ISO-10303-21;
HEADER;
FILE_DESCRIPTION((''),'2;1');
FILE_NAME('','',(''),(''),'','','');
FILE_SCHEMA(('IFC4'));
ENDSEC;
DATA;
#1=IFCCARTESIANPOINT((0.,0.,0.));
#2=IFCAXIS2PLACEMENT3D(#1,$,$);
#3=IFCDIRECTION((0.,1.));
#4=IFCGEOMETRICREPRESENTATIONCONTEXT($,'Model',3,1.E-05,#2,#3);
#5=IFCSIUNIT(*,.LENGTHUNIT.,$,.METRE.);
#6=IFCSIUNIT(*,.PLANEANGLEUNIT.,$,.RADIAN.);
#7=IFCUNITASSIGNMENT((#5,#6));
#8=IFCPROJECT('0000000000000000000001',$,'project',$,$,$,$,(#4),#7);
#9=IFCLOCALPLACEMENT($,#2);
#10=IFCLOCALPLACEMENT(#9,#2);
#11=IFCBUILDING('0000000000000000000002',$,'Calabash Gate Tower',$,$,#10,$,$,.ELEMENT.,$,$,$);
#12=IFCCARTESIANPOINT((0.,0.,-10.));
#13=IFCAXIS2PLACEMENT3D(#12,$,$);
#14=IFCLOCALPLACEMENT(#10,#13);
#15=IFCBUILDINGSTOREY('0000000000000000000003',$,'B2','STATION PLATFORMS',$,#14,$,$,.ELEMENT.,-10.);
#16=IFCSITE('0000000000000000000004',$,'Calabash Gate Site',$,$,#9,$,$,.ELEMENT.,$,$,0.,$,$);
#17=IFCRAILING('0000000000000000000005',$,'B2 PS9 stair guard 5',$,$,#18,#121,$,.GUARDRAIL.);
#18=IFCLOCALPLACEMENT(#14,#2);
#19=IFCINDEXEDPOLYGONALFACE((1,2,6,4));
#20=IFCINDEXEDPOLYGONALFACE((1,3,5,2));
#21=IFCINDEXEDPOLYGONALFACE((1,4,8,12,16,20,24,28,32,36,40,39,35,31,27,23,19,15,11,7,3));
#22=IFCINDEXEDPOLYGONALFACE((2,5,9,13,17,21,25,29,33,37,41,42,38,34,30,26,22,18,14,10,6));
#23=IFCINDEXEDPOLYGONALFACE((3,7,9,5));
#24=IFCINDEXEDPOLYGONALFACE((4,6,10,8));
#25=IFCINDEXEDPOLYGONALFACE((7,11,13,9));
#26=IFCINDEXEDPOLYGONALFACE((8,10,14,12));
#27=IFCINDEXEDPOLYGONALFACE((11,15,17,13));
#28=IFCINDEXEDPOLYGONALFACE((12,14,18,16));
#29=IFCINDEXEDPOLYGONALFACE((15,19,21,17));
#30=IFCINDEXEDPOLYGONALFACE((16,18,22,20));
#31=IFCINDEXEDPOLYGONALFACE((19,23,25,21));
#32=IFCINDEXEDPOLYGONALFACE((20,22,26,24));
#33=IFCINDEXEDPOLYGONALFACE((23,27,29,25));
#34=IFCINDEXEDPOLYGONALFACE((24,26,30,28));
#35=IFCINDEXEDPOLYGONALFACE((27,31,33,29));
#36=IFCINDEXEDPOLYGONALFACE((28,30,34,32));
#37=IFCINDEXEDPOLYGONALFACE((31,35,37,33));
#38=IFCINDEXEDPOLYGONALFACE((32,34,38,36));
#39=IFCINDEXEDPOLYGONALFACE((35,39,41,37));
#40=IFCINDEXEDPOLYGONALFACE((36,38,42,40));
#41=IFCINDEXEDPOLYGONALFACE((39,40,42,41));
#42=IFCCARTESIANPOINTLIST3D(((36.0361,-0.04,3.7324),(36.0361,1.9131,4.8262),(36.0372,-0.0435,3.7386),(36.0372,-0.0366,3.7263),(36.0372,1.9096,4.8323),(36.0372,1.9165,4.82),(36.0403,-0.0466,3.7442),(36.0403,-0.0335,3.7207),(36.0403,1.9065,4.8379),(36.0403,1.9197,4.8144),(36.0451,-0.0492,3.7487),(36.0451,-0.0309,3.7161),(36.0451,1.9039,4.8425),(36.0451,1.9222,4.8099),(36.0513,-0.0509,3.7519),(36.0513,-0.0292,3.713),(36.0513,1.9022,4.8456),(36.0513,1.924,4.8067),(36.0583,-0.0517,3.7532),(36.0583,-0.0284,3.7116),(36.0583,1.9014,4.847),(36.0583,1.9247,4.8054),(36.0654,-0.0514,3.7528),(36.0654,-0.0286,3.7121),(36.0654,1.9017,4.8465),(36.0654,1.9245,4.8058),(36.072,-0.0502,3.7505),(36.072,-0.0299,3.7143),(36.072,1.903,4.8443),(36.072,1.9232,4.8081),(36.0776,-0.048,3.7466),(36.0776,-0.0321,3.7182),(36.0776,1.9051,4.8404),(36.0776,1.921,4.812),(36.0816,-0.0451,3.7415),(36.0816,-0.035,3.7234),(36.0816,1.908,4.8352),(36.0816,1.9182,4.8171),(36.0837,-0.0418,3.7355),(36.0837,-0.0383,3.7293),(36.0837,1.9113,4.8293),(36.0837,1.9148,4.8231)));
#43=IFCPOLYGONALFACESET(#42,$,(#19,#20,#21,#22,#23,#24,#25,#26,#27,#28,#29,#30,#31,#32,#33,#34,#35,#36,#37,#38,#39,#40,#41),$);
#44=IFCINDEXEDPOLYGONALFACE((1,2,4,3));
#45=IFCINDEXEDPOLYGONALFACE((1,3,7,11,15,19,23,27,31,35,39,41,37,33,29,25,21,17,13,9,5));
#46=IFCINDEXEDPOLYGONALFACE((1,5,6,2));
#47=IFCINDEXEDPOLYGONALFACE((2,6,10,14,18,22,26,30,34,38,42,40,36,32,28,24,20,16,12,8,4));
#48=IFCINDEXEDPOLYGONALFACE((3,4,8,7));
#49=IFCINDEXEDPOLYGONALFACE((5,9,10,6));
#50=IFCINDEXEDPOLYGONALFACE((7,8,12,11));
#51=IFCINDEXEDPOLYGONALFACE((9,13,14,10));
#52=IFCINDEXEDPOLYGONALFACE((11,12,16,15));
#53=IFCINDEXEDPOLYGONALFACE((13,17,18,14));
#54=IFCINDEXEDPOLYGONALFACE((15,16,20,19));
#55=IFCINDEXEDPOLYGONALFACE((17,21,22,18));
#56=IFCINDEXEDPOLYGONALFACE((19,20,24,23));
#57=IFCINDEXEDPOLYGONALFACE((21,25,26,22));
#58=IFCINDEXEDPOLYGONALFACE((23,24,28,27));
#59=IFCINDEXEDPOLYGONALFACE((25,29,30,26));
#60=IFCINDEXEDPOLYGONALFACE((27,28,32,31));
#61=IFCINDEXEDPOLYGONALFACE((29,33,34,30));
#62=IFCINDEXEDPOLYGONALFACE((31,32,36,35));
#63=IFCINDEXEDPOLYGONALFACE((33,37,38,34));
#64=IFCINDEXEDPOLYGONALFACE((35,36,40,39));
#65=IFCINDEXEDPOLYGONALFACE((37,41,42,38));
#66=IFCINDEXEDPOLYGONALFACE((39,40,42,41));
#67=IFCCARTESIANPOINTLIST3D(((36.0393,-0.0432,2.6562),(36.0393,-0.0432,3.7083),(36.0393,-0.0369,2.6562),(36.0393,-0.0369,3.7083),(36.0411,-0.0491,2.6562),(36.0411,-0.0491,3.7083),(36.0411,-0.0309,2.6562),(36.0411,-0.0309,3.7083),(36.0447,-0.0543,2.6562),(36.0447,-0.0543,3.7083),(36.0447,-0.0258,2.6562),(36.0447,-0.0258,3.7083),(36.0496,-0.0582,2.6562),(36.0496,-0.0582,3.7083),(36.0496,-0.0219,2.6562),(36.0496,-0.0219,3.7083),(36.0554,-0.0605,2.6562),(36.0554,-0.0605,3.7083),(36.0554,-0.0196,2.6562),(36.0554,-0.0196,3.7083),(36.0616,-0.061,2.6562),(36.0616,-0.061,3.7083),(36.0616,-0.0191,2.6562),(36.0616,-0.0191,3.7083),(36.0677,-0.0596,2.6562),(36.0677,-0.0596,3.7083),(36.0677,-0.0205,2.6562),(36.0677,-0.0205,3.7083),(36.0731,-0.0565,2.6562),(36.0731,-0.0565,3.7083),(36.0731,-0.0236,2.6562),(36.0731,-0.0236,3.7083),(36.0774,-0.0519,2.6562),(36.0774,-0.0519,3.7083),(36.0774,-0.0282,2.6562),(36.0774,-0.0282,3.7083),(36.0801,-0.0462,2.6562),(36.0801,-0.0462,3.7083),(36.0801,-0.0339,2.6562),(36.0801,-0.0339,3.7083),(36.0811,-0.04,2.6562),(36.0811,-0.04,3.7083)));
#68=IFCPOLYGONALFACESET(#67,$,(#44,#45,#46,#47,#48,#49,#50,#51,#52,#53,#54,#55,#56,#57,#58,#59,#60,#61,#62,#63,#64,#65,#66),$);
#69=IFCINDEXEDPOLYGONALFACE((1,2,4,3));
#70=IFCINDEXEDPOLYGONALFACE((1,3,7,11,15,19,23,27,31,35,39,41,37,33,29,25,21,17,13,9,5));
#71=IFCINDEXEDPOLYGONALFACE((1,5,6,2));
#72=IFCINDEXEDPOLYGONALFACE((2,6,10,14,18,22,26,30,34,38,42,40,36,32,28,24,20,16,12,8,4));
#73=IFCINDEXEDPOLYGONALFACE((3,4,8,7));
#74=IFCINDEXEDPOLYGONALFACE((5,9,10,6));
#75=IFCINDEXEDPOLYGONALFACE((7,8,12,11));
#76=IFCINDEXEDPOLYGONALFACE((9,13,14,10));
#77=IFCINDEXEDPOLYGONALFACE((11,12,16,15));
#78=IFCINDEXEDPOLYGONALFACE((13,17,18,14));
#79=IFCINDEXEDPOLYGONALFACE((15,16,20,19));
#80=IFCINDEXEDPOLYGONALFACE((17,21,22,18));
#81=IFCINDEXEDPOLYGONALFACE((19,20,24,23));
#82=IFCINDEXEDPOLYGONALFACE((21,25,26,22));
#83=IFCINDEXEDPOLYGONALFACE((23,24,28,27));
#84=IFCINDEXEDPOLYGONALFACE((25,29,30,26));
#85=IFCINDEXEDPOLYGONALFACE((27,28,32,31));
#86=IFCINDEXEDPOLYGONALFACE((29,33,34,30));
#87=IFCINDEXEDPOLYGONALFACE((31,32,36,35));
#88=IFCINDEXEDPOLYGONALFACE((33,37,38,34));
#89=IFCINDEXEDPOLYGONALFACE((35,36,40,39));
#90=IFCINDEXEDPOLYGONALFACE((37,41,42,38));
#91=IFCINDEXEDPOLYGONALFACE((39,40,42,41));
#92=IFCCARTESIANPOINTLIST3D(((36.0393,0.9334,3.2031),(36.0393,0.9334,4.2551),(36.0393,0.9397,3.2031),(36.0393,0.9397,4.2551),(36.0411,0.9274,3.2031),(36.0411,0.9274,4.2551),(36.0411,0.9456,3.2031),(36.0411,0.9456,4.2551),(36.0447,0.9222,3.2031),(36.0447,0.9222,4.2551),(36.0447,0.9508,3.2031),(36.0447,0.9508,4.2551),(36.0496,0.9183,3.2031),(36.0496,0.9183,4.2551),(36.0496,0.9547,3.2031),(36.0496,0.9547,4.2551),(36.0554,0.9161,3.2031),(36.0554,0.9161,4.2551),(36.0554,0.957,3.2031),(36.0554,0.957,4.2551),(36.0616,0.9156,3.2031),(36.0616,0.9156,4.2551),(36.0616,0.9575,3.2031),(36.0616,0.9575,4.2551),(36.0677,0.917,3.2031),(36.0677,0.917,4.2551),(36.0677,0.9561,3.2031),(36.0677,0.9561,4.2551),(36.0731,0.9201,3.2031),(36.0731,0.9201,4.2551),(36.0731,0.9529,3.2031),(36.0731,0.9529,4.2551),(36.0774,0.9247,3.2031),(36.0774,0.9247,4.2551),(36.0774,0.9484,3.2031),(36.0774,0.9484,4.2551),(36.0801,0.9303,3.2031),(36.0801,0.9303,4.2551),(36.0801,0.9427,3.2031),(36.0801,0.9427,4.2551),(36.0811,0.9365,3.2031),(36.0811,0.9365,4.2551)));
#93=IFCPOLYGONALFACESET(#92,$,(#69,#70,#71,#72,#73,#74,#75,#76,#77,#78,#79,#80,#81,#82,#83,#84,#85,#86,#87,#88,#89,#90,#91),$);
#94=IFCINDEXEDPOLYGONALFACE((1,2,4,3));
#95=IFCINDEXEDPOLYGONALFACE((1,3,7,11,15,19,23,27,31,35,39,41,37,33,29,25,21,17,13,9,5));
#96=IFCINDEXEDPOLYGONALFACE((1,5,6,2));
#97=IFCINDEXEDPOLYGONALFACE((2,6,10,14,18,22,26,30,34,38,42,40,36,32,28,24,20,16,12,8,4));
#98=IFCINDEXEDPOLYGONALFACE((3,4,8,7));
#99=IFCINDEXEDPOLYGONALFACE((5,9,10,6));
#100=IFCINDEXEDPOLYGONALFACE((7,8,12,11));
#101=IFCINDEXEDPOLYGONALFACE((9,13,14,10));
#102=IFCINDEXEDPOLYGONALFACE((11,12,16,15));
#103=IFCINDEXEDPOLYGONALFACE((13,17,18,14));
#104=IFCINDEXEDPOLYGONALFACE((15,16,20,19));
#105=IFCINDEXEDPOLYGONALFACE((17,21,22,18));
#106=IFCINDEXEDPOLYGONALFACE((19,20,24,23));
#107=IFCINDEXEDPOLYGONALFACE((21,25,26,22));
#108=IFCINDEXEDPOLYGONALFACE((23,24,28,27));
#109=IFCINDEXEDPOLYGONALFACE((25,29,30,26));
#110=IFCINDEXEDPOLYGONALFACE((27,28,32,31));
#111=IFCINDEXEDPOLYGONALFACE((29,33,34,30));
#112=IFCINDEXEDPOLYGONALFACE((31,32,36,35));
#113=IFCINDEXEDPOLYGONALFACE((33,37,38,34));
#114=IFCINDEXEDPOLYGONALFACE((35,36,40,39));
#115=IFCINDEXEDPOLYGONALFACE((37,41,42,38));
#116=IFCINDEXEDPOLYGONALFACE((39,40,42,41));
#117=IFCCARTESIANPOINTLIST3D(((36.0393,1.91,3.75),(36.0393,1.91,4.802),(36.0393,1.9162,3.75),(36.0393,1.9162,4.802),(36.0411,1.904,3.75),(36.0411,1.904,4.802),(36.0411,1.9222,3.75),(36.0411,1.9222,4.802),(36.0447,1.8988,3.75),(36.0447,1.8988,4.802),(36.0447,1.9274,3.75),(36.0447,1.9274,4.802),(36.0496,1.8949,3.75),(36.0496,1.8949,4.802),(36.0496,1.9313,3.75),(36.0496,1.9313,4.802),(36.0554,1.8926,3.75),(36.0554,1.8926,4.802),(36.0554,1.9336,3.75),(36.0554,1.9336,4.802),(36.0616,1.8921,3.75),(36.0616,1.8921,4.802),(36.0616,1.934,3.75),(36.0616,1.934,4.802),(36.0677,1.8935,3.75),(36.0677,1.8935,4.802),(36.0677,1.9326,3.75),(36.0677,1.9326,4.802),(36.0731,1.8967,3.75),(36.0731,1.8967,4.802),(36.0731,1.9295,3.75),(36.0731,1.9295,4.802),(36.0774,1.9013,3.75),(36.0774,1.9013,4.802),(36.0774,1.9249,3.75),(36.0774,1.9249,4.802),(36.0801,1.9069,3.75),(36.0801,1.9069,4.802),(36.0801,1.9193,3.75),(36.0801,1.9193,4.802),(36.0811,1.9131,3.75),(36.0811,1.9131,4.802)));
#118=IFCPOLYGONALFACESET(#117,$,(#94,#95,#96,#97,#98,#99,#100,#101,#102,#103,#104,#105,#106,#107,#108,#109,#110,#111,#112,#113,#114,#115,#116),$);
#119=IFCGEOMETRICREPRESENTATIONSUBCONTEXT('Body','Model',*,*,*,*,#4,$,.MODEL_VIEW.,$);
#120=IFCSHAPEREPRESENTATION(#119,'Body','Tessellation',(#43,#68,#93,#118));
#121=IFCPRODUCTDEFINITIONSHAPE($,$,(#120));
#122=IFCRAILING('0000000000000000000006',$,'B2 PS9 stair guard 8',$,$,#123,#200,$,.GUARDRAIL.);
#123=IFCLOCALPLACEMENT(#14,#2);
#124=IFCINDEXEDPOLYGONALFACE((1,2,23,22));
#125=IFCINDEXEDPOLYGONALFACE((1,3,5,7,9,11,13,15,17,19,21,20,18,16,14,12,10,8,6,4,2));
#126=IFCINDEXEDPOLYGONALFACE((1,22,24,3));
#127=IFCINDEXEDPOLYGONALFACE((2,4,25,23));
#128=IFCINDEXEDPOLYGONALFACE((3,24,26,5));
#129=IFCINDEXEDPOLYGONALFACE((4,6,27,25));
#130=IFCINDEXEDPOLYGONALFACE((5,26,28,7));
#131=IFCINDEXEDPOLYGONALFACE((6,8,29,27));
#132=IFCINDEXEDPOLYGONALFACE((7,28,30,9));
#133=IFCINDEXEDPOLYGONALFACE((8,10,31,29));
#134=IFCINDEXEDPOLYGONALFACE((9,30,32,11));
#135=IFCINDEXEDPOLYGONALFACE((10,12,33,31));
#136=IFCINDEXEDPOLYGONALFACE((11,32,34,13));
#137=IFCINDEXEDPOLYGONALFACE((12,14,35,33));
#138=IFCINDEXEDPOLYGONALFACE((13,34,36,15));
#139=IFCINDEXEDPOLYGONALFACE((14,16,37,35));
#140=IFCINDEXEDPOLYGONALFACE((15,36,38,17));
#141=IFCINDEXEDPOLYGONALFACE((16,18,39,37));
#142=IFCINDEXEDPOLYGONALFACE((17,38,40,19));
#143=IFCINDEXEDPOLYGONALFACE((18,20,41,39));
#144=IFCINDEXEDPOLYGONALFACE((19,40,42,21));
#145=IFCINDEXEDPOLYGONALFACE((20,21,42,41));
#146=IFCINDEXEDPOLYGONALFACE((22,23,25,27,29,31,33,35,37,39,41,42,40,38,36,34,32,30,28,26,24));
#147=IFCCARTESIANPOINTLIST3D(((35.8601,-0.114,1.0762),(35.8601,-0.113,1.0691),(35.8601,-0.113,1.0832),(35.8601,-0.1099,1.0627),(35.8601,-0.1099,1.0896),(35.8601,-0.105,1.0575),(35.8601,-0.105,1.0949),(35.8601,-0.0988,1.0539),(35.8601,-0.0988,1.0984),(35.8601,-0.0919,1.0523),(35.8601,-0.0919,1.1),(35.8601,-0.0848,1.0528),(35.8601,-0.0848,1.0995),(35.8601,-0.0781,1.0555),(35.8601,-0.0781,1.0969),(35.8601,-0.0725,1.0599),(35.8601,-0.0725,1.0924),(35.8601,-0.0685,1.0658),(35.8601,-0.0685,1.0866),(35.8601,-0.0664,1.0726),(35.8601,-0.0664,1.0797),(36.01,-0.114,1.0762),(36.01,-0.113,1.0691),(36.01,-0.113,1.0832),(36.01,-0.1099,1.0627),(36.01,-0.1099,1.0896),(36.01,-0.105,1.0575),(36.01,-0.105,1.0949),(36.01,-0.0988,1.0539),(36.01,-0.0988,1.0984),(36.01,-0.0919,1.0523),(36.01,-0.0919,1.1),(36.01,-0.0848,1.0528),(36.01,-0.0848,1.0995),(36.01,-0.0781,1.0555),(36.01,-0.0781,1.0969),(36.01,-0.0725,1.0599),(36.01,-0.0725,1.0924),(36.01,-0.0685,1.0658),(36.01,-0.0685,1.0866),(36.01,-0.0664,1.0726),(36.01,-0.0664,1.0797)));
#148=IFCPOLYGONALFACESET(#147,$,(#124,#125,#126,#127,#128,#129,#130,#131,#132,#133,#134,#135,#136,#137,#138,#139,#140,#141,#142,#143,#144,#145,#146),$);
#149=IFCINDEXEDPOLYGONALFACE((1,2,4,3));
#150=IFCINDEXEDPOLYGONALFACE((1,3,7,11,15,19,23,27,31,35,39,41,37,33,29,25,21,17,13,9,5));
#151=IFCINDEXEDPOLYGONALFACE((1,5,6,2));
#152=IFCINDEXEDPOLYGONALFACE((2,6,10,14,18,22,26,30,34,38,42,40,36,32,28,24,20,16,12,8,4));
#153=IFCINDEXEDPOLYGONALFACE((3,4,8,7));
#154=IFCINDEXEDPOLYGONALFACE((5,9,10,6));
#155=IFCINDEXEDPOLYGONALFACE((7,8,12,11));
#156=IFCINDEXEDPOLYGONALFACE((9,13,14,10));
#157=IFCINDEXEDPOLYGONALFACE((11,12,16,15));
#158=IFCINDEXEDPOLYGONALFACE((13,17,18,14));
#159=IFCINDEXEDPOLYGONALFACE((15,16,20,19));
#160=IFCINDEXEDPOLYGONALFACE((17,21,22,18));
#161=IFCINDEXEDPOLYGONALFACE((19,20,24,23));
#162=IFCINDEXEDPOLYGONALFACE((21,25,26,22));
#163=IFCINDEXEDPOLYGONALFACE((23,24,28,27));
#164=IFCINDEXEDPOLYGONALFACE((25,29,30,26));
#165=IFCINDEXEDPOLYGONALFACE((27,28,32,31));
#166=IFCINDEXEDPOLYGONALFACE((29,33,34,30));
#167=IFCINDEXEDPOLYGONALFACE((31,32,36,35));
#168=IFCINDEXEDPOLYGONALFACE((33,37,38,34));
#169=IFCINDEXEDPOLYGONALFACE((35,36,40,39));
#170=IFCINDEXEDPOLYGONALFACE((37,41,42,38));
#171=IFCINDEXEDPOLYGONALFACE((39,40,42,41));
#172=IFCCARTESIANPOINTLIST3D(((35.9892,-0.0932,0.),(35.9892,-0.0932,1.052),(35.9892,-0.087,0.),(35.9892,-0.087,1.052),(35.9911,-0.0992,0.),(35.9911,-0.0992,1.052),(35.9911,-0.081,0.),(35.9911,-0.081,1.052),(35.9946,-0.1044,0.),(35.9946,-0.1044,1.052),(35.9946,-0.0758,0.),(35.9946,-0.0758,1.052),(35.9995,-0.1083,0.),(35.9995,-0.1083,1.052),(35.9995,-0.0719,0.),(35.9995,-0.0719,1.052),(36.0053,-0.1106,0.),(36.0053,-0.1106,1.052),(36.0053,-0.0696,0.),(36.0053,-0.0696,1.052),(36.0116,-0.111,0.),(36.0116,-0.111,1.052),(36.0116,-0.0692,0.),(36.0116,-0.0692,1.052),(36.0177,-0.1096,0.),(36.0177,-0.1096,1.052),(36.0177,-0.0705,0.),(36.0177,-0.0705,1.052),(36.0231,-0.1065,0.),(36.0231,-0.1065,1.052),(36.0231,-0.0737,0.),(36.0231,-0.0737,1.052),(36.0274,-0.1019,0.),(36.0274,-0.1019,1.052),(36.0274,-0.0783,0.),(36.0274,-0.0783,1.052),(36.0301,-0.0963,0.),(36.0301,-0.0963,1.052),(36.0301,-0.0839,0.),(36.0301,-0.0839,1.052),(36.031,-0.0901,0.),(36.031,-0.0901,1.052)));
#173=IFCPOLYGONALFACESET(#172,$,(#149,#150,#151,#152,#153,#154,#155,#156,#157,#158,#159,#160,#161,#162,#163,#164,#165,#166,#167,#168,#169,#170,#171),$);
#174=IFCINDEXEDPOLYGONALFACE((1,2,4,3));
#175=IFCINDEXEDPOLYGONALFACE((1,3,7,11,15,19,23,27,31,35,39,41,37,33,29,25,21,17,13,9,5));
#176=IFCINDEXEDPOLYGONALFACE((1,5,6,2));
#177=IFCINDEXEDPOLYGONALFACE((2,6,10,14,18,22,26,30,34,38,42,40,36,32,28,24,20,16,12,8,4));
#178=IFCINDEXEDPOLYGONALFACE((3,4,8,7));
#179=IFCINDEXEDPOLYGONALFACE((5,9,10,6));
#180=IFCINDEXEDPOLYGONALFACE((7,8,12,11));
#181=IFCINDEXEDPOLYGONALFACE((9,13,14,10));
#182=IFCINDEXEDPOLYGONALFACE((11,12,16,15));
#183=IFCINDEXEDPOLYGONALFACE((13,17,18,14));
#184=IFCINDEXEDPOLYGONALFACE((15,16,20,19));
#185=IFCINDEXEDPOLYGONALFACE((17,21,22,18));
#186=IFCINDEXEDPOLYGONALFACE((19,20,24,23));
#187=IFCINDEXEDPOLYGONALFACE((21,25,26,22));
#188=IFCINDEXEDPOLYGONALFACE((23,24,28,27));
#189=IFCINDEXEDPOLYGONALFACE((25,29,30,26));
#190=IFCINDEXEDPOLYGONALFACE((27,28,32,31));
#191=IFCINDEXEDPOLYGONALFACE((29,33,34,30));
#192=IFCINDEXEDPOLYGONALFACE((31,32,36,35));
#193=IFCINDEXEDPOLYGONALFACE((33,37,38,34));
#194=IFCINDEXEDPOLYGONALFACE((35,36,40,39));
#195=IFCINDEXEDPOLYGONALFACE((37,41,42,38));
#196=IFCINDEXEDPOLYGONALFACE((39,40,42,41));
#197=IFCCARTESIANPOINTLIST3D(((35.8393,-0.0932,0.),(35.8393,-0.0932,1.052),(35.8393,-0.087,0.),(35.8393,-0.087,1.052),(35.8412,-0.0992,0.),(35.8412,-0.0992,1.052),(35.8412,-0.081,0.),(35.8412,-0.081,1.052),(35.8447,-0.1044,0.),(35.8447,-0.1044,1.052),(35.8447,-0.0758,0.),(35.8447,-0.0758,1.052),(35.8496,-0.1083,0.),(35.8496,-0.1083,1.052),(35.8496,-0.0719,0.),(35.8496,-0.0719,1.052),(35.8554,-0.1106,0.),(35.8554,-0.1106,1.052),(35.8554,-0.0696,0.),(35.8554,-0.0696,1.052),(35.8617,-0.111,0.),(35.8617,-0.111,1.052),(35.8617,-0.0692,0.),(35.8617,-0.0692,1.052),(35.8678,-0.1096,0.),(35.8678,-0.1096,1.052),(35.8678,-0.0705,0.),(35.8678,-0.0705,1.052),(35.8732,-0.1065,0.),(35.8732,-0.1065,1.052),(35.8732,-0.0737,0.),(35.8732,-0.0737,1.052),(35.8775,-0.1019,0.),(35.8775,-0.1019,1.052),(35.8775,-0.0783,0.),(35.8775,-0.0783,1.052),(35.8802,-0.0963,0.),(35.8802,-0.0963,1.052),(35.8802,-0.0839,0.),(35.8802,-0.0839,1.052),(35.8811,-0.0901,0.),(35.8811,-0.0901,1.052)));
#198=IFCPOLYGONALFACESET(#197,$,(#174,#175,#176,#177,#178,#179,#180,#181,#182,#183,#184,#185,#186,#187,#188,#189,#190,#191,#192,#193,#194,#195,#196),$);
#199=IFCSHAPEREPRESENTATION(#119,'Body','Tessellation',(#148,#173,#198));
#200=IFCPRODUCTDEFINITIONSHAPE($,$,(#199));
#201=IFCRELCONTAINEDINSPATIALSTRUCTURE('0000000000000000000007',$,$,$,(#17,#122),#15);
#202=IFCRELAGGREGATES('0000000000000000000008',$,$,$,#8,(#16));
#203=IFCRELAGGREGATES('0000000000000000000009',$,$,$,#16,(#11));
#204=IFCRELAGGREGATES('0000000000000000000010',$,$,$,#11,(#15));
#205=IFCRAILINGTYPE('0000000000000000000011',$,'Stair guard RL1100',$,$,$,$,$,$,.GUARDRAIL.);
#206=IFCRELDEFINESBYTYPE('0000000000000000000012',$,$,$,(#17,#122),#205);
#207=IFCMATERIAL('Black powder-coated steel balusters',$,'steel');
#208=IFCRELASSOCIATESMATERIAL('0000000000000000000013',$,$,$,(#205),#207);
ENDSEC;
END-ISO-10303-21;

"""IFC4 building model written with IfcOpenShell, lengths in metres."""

from ifc_helpers import new_model, si_unit, direction, frame, origin, origin_2d, place, context, subcontext, project, spatial, circle, extrude, material, type_object, element, save


model = new_model("IFC4")

# Units and contexts
model_context = context("Model", 3, precision=1e-05, world=origin(), true_north=direction((0.0, 1.0)))
body_context = subcontext(model_context, "Body", "Model", "MODEL_VIEW")
ifc_project = project(units=[si_unit("LENGTHUNIT", "METRE"), si_unit("PLANEANGLEUNIT", "RADIAN")], contexts=[model_context])

# Site, building, storey
site_placement = place(None, origin())
site = spatial("IfcSite", under=ifc_project, at=site_placement, Name="Calabash Gate Site", CompositionType="ELEMENT", RefElevation=0.0)
building_placement = place(site_placement, origin())
building = spatial("IfcBuilding", under=site, at=building_placement, Name="Calabash Gate Tower", CompositionType="ELEMENT")
storey_placement = place(building_placement, frame((0.0, 0.0, -10.0)))
storey = spatial("IfcBuildingStorey", under=building, at=storey_placement, Name="B2", Description="STATION PLATFORMS", CompositionType="ELEMENT", Elevation=-10.0)

# Railings
ifc_material_1 = material(Name="Black powder-coated steel balusters", Category="steel")
railing_type_1 = type_object("IfcRailingType", Name="Stair guard RL1100", PredefinedType="GUARDRAIL", material=ifc_material_1)
railing_1_placement = place(storey_placement, frame((36.0601, -0.04, 2.6562)))
element("IfcRailing", 1, at=railing_1_placement, inside=storey, type_object=railing_type_1, Name="B2 PS9 stair guard 5", PredefinedType="GUARDRAIL", context=body_context, shape_type="SweptSolid", body=[
    extrude(circle(Radius=0.0239, at=origin_2d()), frame((0.0, 0.0, 1.0762), z_axis=(0.0, 0.872506, 0.488603), x_axis=(-1.0, 0.0, 0.0)), (0.0, 0.0, 1.0), 2.2385),
    extrude(circle(Radius=0.021, at=origin_2d()), origin(), (0.0, 0.0, 1.0), 1.052),
    extrude(circle(Radius=0.021, at=origin_2d()), frame((0.0, 0.9766, 0.5469)), (0.0, 0.0, 1.0), 1.052),
    extrude(circle(Radius=0.021, at=origin_2d()), frame((0.0, 1.9531, 1.0938)), (0.0, 0.0, 1.0), 1.052),
])
railing_2_placement = place(storey_placement, frame((36.01, -0.0901, 0.0)))
element("IfcRailing", 2, at=railing_2_placement, inside=storey, type_object=railing_type_1, Name="B2 PS9 stair guard 8", PredefinedType="GUARDRAIL", context=body_context, shape_type="SweptSolid", body=[
    extrude(circle(Radius=0.0239, at=origin_2d()), frame((0.0, 0.0, 1.0762), z_axis=(-1.0, 0.0, 0.0), x_axis=(0.0, -1.0, 0.0)), (0.0, 0.0, 1.0), 0.1499),
    extrude(circle(Radius=0.021, at=origin_2d()), origin(), (0.0, 0.0, 1.0), 1.052),
    extrude(circle(Radius=0.021, at=origin_2d()), frame((-0.1499, 0.0, 0.0)), (0.0, 0.0, 1.0), 1.052),
])

save(model, "model.ifc")
